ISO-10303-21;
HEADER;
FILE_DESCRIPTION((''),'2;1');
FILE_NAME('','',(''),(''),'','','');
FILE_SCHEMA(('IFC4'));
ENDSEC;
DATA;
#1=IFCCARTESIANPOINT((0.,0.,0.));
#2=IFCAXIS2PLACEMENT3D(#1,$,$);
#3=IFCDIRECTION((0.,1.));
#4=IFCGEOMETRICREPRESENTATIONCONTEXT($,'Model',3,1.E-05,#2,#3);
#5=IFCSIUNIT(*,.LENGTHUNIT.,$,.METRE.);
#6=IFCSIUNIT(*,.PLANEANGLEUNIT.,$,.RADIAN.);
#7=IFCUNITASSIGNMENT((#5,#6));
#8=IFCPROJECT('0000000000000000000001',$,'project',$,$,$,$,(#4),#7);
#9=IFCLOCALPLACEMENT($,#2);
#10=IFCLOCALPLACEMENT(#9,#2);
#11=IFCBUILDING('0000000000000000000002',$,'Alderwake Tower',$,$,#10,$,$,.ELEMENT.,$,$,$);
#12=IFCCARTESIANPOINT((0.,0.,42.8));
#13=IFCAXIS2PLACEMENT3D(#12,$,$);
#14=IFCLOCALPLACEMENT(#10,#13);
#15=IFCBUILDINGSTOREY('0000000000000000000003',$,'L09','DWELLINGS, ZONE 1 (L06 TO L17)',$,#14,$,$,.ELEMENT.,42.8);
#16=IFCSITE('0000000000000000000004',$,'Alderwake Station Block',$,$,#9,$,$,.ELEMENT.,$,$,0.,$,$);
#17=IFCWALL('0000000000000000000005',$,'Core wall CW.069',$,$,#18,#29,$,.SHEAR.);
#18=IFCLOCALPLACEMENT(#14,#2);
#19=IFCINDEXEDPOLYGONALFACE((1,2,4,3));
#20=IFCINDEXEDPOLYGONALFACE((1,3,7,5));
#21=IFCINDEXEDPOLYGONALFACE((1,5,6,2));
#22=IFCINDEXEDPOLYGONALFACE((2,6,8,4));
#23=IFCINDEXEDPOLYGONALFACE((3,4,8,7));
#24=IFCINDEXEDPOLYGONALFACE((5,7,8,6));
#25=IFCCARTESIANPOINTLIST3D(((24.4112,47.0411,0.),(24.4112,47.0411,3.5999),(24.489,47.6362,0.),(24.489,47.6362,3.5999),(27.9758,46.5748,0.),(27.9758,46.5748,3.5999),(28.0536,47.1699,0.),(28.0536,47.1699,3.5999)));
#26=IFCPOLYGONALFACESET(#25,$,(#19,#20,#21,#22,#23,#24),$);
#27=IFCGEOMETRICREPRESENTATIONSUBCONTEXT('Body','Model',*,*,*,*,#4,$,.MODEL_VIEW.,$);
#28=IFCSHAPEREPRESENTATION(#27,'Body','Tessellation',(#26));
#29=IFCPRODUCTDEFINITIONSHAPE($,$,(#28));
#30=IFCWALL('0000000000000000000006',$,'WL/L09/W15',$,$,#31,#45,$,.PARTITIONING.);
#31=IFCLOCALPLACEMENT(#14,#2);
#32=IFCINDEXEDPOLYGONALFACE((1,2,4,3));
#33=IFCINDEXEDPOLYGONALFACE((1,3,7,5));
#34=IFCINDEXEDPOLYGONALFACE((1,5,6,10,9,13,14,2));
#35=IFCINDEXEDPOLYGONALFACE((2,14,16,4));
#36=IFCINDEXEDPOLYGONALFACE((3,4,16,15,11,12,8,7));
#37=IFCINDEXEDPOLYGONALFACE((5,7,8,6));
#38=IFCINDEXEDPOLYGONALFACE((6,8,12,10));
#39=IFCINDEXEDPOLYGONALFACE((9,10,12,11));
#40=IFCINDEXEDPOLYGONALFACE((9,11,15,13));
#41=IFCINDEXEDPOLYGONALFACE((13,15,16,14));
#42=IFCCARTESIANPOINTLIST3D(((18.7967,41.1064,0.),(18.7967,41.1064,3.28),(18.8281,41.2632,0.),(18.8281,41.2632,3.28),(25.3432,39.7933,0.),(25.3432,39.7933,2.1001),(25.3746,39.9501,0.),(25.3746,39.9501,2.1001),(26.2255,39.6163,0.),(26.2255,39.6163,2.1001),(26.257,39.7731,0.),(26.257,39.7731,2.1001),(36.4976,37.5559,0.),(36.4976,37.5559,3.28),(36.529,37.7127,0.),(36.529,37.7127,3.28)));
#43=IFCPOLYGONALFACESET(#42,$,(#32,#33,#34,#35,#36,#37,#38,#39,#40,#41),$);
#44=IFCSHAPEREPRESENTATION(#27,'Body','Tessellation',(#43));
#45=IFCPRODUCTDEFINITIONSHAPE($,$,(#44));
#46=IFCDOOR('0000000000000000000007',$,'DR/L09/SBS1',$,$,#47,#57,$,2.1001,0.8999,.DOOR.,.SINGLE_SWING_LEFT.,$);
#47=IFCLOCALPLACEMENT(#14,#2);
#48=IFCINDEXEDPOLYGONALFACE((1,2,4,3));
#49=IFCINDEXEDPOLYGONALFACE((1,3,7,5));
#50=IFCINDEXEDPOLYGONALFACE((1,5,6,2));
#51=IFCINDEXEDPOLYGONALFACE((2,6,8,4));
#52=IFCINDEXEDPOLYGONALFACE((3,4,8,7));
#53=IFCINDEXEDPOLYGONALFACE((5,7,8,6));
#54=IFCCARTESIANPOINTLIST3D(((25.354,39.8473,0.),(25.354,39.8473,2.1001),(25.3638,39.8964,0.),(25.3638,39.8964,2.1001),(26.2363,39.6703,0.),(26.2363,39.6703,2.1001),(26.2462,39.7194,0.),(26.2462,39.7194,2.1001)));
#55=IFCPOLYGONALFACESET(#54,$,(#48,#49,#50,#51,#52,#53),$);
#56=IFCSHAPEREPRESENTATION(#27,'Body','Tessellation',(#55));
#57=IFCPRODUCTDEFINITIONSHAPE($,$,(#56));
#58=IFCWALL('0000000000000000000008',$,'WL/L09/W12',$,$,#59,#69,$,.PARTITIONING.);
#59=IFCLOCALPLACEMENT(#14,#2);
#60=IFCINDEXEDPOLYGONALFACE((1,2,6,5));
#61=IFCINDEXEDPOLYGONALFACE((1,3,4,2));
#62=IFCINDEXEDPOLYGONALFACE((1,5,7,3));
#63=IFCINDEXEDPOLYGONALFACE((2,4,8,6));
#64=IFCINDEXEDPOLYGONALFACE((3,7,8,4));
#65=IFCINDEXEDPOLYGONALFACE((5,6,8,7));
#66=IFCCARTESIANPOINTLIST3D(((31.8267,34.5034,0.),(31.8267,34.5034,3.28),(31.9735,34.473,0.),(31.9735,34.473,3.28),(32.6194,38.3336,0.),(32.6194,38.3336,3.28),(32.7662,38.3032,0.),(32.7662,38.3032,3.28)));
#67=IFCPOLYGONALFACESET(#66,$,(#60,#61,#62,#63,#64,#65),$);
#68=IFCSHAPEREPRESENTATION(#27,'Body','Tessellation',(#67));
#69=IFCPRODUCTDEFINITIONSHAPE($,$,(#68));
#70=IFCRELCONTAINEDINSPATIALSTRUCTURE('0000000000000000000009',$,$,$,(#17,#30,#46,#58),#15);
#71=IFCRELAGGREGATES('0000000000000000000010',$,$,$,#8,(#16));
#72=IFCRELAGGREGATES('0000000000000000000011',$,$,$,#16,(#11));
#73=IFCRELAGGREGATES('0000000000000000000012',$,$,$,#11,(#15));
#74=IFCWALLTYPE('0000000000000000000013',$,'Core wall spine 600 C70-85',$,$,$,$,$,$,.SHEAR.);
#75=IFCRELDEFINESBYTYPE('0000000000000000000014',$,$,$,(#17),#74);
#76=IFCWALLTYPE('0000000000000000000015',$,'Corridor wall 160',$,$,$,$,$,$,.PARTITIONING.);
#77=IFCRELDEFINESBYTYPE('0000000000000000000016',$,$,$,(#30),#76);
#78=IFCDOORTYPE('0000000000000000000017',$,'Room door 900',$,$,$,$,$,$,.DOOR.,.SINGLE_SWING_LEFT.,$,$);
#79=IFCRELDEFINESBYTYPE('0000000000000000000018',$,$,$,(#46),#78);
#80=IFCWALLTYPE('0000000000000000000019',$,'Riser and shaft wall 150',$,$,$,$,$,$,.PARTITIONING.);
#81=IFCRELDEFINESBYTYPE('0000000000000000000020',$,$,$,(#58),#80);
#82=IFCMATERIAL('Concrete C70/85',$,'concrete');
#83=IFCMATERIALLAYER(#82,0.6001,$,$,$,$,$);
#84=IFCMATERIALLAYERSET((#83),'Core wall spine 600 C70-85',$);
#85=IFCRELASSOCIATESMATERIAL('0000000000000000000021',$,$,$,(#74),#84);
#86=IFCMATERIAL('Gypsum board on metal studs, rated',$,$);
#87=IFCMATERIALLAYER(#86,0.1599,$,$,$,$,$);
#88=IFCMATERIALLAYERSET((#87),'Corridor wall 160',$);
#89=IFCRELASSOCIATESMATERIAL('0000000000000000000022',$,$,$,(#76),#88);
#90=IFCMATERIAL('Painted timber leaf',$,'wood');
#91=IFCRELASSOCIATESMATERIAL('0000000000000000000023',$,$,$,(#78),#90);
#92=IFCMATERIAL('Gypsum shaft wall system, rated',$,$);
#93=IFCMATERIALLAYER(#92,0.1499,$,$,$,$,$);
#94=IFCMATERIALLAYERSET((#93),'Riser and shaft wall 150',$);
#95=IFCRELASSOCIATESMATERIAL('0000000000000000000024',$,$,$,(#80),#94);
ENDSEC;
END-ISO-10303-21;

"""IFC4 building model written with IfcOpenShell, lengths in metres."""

from ifc_helpers import new_model, si_unit, direction, frame, frame_2d, origin, place, context, subcontext, project, spatial, rectangle, extrude, material, layer, layer_set, type_object, element, fill, save


model = new_model("IFC4")

# Units and contexts
model_context = context("Model", 3, precision=1e-05, world=origin(), true_north=direction((0.0, 1.0)))
body_context = subcontext(model_context, "Body", "Model", "MODEL_VIEW")
ifc_project = project(units=[si_unit("LENGTHUNIT", "METRE"), si_unit("PLANEANGLEUNIT", "RADIAN")], contexts=[model_context])

# Site, building, storey
site_placement = place(None, origin())
site = spatial("IfcSite", under=ifc_project, at=site_placement, Name="Alderwake Station Block", CompositionType="ELEMENT", RefElevation=0.0)
building_placement = place(site_placement, origin())
building = spatial("IfcBuilding", under=site, at=building_placement, Name="Alderwake Tower", CompositionType="ELEMENT")
storey_placement = place(building_placement, frame((0.0, 0.0, 42.8)))
storey = spatial("IfcBuildingStorey", under=building, at=storey_placement, Name="L09", Description="DWELLINGS, ZONE 1 (L06 TO L17)", CompositionType="ELEMENT", Elevation=42.8)

# Shared definitions
ifc_material_1 = material(Name="Concrete C70/85", Category="concrete")
ifc_layer_1 = layer(ifc_material_1, 0.6001)
ifc_layer_set_1 = layer_set([ifc_layer_1], Name="Core wall spine 600 C70-85")
wall_type_1 = type_object("IfcWallType", Name="Core wall spine 600 C70-85", PredefinedType="SHEAR", material=ifc_layer_set_1)

# Wall
wall_1_placement = place(storey_placement, frame((24.4502, 47.3386, 0.0), z_axis=(0.0, 0.0, 1.0), x_axis=(0.991552, -0.129708, 0.0)))
element("IfcWall", 1, at=wall_1_placement, inside=storey, type_object=wall_type_1, Name="Core wall CW.069", PredefinedType="SHEAR", context=body_context, shape_type="SweptSolid", body=[
    extrude(rectangle(XDim=3.595, YDim=0.6001, at=frame_2d((1.7974, 0.0))), origin(), (0.0, 0.0, 1.0), 3.5999),
])

# Wall, opening, door
ifc_material_2 = material(Name="Gypsum board on metal studs, rated")
ifc_layer_2 = layer(ifc_material_2, 0.1599)
ifc_layer_set_2 = layer_set([ifc_layer_2], Name="Corridor wall 160")
wall_type_2 = type_object("IfcWallType", Name="Corridor wall 160", PredefinedType="PARTITIONING", material=ifc_layer_set_2)
wall_2_placement = place(storey_placement, frame((36.5134, 37.6343, 0.0), z_axis=(0.0, 0.0, 1.0), x_axis=(-0.98047, 0.196667, 0.0)))
wall_2 = element("IfcWall", 2, at=wall_2_placement, inside=storey, type_object=wall_type_2, Name="WL/L09/W15", PredefinedType="PARTITIONING", context=body_context, shape_type="SweptSolid", body=[
    extrude(rectangle(XDim=18.0535, YDim=0.1599, at=frame_2d((9.0269, 0.0))), origin(), (0.0, 0.0, 1.0), 3.28),
])
opening_1_placement = place(wall_2_placement, frame((10.4768, 0.0, 0.0)))
opening_1 = element("IfcOpeningElement", 3, at=opening_1_placement, cuts=wall_2, PredefinedType="OPENING", context=body_context, shape_type="SweptSolid", body=[
    extrude(rectangle(XDim=0.8999, YDim=2.1001, at=frame_2d((0.45, 1.05))), frame((0.0, 0.0898, 0.0), z_axis=(0.0, -1.0, 0.0), x_axis=(1.0, 0.0, 0.0)), (0.0, 0.0, 1.0), 0.1799),
])
ifc_material_3 = material(Name="Painted timber leaf", Category="wood")
door_type_1 = type_object("IfcDoorType", Name="Room door 900", OperationType="SINGLE_SWING_LEFT", PredefinedType="DOOR", material=ifc_material_3)
door_1_placement = place(opening_1_placement, origin())
door_1 = element("IfcDoor", 4, at=door_1_placement, inside=storey, type_object=door_type_1, Name="DR/L09/SBS1", OperationType="SINGLE_SWING_LEFT", OverallHeight=2.1001, OverallWidth=0.8999, PredefinedType="DOOR", context=body_context, shape_type="SweptSolid", body=[
    extrude(rectangle(XDim=0.8999, YDim=2.1001, at=frame_2d((0.45, 1.05))), frame((0.0, 0.0249, 0.0), z_axis=(0.0, -1.0, 0.0), x_axis=(1.0, 0.0, 0.0)), (0.0, 0.0, 1.0), 0.05),
])
fill(opening_1, door_1)

# Wall
ifc_material_4 = material(Name="Gypsum shaft wall system, rated")
ifc_layer_3 = layer(ifc_material_4, 0.1499)
ifc_layer_set_3 = layer_set([ifc_layer_3], Name="Riser and shaft wall 150")
wall_type_3 = type_object("IfcWallType", Name="Riser and shaft wall 150", PredefinedType="PARTITIONING", material=ifc_layer_set_3)
wall_3_placement = place(storey_placement, frame((31.9001, 34.4883, 0.0), z_axis=(0.0, 0.0, 1.0), x_axis=(0.202665, 0.979248, 0.0)))
element("IfcWall", 5, at=wall_3_placement, inside=storey, type_object=wall_type_3, Name="WL/L09/W12", PredefinedType="PARTITIONING", context=body_context, shape_type="SweptSolid", body=[
    extrude(rectangle(XDim=3.9114, YDim=0.1499, at=frame_2d((1.9556, 0.0))), origin(), (0.0, 0.0, 1.0), 3.28),
])

save(model, "model.ifc")
